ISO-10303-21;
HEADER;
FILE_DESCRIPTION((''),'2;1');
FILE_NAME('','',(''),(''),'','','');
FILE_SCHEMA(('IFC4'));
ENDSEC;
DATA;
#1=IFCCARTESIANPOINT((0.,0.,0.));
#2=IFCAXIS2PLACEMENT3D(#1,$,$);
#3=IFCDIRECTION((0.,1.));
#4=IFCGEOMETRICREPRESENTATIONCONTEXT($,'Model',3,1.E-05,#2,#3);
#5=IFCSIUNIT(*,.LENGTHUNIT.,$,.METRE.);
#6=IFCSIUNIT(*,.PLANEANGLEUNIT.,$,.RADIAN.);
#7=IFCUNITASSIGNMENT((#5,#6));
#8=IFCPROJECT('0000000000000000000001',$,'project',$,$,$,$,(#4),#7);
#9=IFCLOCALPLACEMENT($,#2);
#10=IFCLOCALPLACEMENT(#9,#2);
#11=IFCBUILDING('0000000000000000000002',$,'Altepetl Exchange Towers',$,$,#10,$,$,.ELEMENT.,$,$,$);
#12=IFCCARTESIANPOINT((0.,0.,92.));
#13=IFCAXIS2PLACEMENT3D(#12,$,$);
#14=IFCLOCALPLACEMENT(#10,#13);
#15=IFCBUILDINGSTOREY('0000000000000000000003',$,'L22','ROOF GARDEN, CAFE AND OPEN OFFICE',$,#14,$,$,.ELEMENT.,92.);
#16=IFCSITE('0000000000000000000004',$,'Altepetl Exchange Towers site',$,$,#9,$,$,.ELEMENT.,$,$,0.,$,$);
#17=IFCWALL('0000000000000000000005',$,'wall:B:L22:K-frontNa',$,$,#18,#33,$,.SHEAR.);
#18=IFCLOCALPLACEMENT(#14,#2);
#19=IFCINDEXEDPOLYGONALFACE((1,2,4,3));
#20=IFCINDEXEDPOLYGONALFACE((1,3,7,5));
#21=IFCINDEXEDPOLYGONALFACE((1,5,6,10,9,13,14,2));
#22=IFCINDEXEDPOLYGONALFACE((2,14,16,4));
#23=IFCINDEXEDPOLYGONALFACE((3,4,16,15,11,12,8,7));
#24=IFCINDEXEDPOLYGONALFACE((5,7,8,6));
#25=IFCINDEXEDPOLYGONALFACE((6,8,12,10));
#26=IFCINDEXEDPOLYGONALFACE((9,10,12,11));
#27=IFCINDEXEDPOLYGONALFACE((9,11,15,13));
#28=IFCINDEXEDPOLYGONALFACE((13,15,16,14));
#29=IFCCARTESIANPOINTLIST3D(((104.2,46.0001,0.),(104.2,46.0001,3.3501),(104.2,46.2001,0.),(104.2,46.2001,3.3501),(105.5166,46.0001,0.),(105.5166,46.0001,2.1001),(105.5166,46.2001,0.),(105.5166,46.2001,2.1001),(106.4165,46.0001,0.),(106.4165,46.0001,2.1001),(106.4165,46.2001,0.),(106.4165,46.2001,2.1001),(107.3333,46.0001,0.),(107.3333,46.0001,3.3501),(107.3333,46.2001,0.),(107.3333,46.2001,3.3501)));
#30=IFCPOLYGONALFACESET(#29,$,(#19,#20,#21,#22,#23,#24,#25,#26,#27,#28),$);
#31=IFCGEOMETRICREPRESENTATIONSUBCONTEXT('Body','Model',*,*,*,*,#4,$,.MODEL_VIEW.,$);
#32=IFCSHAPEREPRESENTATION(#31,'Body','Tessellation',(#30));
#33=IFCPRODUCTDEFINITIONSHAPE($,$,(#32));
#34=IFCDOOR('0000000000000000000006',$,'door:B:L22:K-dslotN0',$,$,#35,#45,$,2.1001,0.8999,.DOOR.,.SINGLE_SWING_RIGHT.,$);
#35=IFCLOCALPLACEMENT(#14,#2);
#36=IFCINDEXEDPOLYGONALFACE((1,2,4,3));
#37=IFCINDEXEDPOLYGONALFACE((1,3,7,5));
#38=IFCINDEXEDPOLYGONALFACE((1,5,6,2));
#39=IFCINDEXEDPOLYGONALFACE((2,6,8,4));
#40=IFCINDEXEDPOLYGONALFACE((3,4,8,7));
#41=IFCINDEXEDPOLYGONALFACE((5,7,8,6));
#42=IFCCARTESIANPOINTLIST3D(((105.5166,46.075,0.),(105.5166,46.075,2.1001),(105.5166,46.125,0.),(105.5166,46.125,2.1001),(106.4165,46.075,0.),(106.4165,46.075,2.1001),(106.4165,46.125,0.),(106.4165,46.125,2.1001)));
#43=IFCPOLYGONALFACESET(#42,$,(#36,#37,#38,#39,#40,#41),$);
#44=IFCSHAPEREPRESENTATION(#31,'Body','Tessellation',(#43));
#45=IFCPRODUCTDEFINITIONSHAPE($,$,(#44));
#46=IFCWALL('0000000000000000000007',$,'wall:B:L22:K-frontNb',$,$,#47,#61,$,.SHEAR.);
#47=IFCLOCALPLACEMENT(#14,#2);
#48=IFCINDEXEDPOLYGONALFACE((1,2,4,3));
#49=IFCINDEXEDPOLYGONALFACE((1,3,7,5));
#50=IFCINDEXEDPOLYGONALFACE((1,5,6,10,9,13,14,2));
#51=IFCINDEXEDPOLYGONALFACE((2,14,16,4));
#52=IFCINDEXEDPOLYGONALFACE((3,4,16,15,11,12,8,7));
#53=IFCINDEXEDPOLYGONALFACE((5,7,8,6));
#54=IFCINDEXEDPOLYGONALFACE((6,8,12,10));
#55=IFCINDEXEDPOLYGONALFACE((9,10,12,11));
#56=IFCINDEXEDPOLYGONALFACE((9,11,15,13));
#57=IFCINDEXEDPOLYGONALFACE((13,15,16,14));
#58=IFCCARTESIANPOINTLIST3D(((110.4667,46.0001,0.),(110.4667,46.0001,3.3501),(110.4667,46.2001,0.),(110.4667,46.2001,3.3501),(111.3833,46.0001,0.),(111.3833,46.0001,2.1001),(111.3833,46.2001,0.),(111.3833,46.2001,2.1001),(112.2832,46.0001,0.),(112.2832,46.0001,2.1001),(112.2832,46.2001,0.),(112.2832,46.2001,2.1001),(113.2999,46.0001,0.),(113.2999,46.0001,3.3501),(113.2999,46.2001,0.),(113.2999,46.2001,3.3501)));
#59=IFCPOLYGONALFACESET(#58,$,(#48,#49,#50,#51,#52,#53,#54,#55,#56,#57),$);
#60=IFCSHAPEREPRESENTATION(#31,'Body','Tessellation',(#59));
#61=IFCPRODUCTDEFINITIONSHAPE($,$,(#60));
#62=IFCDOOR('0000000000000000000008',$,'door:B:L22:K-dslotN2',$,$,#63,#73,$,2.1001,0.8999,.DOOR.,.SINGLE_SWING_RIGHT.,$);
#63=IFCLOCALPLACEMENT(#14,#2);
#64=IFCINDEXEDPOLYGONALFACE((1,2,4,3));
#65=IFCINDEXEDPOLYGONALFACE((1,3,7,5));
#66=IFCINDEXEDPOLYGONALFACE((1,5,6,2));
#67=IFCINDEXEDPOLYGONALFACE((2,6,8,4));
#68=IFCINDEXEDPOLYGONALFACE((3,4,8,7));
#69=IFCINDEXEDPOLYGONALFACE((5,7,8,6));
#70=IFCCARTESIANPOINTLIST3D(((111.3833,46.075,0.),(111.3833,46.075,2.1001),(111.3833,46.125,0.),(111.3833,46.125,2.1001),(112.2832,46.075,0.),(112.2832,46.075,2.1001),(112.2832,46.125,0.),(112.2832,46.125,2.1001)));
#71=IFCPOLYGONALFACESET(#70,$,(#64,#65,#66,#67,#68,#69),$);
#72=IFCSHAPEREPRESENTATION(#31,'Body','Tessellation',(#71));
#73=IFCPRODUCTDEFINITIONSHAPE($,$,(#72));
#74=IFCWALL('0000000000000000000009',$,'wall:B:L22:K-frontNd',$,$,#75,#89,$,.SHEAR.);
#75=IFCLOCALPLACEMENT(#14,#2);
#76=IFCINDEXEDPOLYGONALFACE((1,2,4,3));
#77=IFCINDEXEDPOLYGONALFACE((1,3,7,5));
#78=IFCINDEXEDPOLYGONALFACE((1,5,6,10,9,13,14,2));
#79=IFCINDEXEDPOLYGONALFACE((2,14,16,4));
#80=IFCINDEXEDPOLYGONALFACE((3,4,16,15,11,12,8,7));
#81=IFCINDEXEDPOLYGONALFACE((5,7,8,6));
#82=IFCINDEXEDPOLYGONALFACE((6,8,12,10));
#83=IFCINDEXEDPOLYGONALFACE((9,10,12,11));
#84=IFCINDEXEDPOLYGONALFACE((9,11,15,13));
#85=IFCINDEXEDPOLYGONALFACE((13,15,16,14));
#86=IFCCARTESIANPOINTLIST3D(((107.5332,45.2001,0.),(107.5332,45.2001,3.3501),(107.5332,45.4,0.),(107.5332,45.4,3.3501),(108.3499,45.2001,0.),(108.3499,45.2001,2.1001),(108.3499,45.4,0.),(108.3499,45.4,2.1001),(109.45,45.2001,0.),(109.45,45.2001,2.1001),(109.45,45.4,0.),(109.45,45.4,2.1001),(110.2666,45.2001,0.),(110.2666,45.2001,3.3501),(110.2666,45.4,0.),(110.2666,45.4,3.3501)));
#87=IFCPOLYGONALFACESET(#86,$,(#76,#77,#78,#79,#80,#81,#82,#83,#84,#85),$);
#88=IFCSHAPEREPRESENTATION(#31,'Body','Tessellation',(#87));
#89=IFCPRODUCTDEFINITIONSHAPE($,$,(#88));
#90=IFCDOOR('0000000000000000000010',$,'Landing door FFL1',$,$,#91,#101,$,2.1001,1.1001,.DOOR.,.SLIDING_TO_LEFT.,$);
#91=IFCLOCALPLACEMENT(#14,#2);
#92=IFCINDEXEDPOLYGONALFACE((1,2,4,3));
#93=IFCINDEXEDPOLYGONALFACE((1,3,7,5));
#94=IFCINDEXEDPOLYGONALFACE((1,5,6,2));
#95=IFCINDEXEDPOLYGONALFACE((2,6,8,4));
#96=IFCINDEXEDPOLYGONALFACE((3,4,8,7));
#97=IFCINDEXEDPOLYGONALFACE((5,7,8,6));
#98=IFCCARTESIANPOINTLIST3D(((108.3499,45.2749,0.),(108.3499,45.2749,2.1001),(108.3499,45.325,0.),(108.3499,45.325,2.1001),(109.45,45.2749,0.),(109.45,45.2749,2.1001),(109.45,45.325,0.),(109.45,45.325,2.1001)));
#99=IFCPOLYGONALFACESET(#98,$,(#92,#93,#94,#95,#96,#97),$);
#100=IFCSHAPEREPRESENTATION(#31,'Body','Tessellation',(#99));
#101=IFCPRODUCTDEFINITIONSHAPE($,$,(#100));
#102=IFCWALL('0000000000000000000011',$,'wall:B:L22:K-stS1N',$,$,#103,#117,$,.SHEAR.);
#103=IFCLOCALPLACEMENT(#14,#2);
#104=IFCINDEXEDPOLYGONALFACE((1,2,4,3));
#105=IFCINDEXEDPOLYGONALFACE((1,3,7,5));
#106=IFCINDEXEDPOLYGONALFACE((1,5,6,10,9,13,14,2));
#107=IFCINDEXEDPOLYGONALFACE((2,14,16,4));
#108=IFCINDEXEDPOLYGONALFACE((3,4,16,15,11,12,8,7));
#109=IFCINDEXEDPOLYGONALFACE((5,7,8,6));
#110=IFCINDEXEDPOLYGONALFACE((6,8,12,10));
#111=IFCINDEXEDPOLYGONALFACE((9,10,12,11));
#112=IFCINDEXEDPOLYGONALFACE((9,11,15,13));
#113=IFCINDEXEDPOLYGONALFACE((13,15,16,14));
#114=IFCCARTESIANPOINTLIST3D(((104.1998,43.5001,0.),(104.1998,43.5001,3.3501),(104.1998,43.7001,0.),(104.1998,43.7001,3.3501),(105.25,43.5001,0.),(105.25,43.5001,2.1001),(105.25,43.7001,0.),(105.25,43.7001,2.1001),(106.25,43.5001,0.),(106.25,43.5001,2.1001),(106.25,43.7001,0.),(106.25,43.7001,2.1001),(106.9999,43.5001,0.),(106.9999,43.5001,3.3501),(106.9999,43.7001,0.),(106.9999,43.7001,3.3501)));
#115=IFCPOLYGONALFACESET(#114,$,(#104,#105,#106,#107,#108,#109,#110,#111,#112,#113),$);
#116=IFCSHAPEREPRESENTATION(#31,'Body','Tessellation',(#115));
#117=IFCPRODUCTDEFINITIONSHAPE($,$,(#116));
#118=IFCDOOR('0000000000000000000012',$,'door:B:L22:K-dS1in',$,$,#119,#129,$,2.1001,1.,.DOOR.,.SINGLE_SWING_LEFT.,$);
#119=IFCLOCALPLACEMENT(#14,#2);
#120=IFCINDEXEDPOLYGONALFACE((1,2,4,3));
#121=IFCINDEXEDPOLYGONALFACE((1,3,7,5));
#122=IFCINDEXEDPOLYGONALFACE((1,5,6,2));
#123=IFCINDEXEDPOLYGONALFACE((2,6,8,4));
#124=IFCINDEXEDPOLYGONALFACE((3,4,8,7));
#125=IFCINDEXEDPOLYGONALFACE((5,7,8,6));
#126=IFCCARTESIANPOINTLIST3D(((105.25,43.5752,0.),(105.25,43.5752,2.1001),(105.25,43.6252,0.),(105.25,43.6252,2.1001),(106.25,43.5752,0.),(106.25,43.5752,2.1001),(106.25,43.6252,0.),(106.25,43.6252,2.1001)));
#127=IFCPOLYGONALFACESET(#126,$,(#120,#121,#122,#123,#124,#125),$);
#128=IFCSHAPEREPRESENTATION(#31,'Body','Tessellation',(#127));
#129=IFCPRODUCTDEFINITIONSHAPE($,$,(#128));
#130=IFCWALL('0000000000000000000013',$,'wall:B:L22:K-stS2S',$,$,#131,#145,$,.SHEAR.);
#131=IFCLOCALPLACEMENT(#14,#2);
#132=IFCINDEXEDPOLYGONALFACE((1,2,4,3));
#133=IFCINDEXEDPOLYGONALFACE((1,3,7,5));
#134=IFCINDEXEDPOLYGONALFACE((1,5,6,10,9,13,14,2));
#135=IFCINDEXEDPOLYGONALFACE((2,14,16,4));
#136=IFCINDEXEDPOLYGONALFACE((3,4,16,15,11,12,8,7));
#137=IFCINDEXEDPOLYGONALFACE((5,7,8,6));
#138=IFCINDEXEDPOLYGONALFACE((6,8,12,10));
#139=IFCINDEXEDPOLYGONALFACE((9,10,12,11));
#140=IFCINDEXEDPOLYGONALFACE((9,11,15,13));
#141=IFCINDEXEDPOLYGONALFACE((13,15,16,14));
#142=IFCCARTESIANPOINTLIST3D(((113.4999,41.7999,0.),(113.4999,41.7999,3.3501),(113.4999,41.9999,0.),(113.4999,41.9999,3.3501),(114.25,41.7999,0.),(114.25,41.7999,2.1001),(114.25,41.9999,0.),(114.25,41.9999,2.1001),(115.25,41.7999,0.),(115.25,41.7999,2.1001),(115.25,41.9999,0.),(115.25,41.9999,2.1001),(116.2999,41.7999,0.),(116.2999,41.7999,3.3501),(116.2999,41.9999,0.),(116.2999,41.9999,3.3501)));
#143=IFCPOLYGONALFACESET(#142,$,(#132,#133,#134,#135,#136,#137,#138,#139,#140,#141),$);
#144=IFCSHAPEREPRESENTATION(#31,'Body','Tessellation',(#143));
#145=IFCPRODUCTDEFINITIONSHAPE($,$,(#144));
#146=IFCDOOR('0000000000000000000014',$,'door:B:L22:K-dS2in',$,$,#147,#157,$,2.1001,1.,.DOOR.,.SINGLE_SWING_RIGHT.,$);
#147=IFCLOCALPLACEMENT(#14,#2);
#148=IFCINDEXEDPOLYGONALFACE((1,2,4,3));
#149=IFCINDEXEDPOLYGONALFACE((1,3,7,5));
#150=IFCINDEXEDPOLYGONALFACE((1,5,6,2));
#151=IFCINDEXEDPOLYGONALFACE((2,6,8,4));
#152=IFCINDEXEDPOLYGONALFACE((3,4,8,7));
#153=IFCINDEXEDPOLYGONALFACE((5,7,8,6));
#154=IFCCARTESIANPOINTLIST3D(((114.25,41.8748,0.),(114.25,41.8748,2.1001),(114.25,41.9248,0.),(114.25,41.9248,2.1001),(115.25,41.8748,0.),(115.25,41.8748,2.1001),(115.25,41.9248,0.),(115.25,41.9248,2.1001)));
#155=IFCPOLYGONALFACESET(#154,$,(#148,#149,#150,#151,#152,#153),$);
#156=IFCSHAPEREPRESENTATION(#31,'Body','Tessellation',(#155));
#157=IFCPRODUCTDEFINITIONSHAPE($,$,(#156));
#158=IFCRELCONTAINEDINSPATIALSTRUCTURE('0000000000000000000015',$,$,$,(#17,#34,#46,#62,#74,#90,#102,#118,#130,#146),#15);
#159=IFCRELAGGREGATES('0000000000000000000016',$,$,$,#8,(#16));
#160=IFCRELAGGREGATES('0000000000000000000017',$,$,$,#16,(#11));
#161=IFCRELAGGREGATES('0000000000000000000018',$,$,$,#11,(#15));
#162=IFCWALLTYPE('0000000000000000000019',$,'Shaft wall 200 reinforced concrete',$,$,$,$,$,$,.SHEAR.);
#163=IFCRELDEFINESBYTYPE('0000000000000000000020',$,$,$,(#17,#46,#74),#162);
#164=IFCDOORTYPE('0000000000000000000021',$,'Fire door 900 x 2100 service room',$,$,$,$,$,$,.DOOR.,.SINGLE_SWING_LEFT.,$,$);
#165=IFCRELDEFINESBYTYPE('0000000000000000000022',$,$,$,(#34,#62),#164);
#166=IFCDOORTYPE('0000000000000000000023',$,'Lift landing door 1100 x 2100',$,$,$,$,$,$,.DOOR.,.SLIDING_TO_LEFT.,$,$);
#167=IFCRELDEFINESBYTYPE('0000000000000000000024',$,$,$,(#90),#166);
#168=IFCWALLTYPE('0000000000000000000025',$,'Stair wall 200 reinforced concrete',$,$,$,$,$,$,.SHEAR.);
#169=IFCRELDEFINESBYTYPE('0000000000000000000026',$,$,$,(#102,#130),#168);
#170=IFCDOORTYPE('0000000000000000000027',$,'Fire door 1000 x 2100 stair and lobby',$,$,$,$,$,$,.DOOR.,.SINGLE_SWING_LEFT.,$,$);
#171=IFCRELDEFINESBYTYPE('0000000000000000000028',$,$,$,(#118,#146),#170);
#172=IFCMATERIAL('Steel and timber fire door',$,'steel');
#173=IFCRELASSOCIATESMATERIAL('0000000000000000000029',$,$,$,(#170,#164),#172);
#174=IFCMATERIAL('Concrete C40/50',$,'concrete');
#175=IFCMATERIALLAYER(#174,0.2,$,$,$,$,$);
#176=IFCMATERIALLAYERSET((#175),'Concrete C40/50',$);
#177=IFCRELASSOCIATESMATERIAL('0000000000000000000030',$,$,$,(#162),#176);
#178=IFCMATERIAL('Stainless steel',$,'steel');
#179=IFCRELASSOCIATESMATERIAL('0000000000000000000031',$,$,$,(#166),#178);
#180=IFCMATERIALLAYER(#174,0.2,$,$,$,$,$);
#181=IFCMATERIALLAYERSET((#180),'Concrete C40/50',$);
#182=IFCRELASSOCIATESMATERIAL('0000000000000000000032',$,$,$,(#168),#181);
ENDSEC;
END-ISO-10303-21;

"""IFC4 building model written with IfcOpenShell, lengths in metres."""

from ifc_helpers import new_model, si_unit, direction, frame, frame_2d, origin, place, context, subcontext, project, spatial, rectangle, extrude, material, layer, layer_set, type_object, element, fill, save


model = new_model("IFC4")

# Units and contexts
model_context = context("Model", 3, precision=1e-05, world=origin(), true_north=direction((0.0, 1.0)))
body_context = subcontext(model_context, "Body", "Model", "MODEL_VIEW")
ifc_project = project(units=[si_unit("LENGTHUNIT", "METRE"), si_unit("PLANEANGLEUNIT", "RADIAN")], contexts=[model_context])

# Site, building, storey
site_placement = place(None, origin())
site = spatial("IfcSite", under=ifc_project, at=site_placement, Name="Altepetl Exchange Towers site", CompositionType="ELEMENT", RefElevation=0.0)
building_placement = place(site_placement, origin())
building = spatial("IfcBuilding", under=site, at=building_placement, Name="Altepetl Exchange Towers", CompositionType="ELEMENT")
storey_placement = place(building_placement, frame((0.0, 0.0, 92.0)))
storey = spatial("IfcBuildingStorey", under=building, at=storey_placement, Name="L22", Description="ROOF GARDEN, CAFE AND OPEN OFFICE", CompositionType="ELEMENT", Elevation=92.0)

# Shared definitions
ifc_material_1 = material(Name="Steel and timber fire door", Category="steel")
door_type_1 = type_object("IfcDoorType", Name="Fire door 1000 x 2100 stair and lobby", OperationType="SINGLE_SWING_LEFT", PredefinedType="DOOR", material=ifc_material_1)
door_type_2 = type_object("IfcDoorType", Name="Fire door 900 x 2100 service room", OperationType="SINGLE_SWING_LEFT", PredefinedType="DOOR", material=ifc_material_1)

# Shared definitions
ifc_material_2 = material(Name="Concrete C40/50", Category="concrete")
ifc_layer_1 = layer(ifc_material_2, 0.2)
ifc_layer_set_1 = layer_set([ifc_layer_1], Name="Concrete C40/50")
wall_type_1 = type_object("IfcWallType", Name="Shaft wall 200 reinforced concrete", PredefinedType="SHEAR", material=ifc_layer_set_1)

# Walls, openings, doors
wall_1_placement = place(storey_placement, frame((104.2, 46.1001, 0.0)))
wall_1 = element("IfcWall", 1, at=wall_1_placement, inside=storey, type_object=wall_type_1, Name="wall:B:L22:K-frontNa", PredefinedType="SHEAR", context=body_context, shape_type="SweptSolid", body=[
    extrude(rectangle(XDim=3.1333, YDim=0.2, at=frame_2d((1.5667, 0.0))), origin(), (0.0, 0.0, 1.0), 3.3501),
])
opening_1_placement = place(wall_1_placement, frame((1.3167, 0.0, 0.0)))
opening_1 = element("IfcOpeningElement", 2, at=opening_1_placement, cuts=wall_1, PredefinedType="OPENING", context=body_context, shape_type="SweptSolid", body=[
    extrude(rectangle(XDim=0.8999, YDim=2.1001, at=frame_2d((0.45, 1.05))), frame((0.0, 0.1099, 0.0), z_axis=(0.0, -1.0, 0.0), x_axis=(1.0, 0.0, 0.0)), (0.0, 0.0, 1.0), 0.22),
])
door_1_placement = place(opening_1_placement, origin())
door_1 = element("IfcDoor", 3, at=door_1_placement, inside=storey, type_object=door_type_2, Name="door:B:L22:K-dslotN0", OperationType="SINGLE_SWING_RIGHT", OverallHeight=2.1001, OverallWidth=0.8999, PredefinedType="DOOR", context=body_context, shape_type="SweptSolid", body=[
    extrude(rectangle(XDim=0.8999, YDim=2.1001, at=frame_2d((0.45, 1.05))), frame((0.0, 0.0249, 0.0), z_axis=(0.0, -1.0, 0.0), x_axis=(1.0, 0.0, 0.0)), (0.0, 0.0, 1.0), 0.05),
])
fill(opening_1, door_1)
wall_2_placement = place(storey_placement, frame((110.4668, 46.1001, 0.0)))
wall_2 = element("IfcWall", 4, at=wall_2_placement, inside=storey, type_object=wall_type_1, Name="wall:B:L22:K-frontNb", PredefinedType="SHEAR", context=body_context, shape_type="SweptSolid", body=[
    extrude(rectangle(XDim=2.8333, YDim=0.2, at=frame_2d((1.4165, 0.0))), origin(), (0.0, 0.0, 1.0), 3.3501),
])
opening_2_placement = place(wall_2_placement, frame((0.9165, 0.0, 0.0)))
opening_2 = element("IfcOpeningElement", 5, at=opening_2_placement, cuts=wall_2, PredefinedType="OPENING", context=body_context, shape_type="SweptSolid", body=[
    extrude(rectangle(XDim=0.8999, YDim=2.1001, at=frame_2d((0.45, 1.05))), frame((0.0, 0.1099, 0.0), z_axis=(0.0, -1.0, 0.0), x_axis=(1.0, 0.0, 0.0)), (0.0, 0.0, 1.0), 0.22),
])
door_2_placement = place(opening_2_placement, origin())
door_2 = element("IfcDoor", 6, at=door_2_placement, inside=storey, type_object=door_type_2, Name="door:B:L22:K-dslotN2", OperationType="SINGLE_SWING_RIGHT", OverallHeight=2.1001, OverallWidth=0.8999, PredefinedType="DOOR", context=body_context, shape_type="SweptSolid", body=[
    extrude(rectangle(XDim=0.8999, YDim=2.1001, at=frame_2d((0.45, 1.05))), frame((0.0, 0.0249, 0.0), z_axis=(0.0, -1.0, 0.0), x_axis=(1.0, 0.0, 0.0)), (0.0, 0.0, 1.0), 0.05),
])
fill(opening_2, door_2)
wall_3_placement = place(storey_placement, frame((107.5332, 45.3, 0.0)))
wall_3 = element("IfcWall", 7, at=wall_3_placement, inside=storey, type_object=wall_type_1, Name="wall:B:L22:K-frontNd", PredefinedType="SHEAR", context=body_context, shape_type="SweptSolid", body=[
    extrude(rectangle(XDim=2.7334, YDim=0.2, at=frame_2d((1.3667, 0.0))), origin(), (0.0, 0.0, 1.0), 3.3501),
])
opening_3_placement = place(wall_3_placement, frame((0.8167, 0.0, 0.0)))
opening_3 = element("IfcOpeningElement", 8, at=opening_3_placement, cuts=wall_3, PredefinedType="OPENING", context=body_context, shape_type="SweptSolid", body=[
    extrude(rectangle(XDim=1.1001, YDim=2.1001, at=frame_2d((0.55, 1.05))), frame((0.0, 0.1099, 0.0), z_axis=(0.0, -1.0, 0.0), x_axis=(1.0, 0.0, 0.0)), (0.0, 0.0, 1.0), 0.22),
])
ifc_material_3 = material(Name="Stainless steel", Category="steel")
door_type_3 = type_object("IfcDoorType", Name="Lift landing door 1100 x 2100", OperationType="SLIDING_TO_LEFT", PredefinedType="DOOR", material=ifc_material_3)
door_3_placement = place(opening_3_placement, origin())
door_3 = element("IfcDoor", 9, at=door_3_placement, inside=storey, type_object=door_type_3, Name="Landing door FFL1", OperationType="SLIDING_TO_LEFT", OverallHeight=2.1001, OverallWidth=1.1001, PredefinedType="DOOR", context=body_context, shape_type="SweptSolid", body=[
    extrude(rectangle(XDim=1.1001, YDim=2.1001, at=frame_2d((0.55, 1.05))), frame((0.0, 0.0249, 0.0), z_axis=(0.0, -1.0, 0.0), x_axis=(1.0, 0.0, 0.0)), (0.0, 0.0, 1.0), 0.05),
])
fill(opening_3, door_3)
ifc_layer_2 = layer(ifc_material_2, 0.2)
ifc_layer_set_2 = layer_set([ifc_layer_2], Name="Concrete C40/50")
wall_type_2 = type_object("IfcWallType", Name="Stair wall 200 reinforced concrete", PredefinedType="SHEAR", material=ifc_layer_set_2)
wall_4_placement = place(storey_placement, frame((104.2, 43.6001, 0.0)))
wall_4 = element("IfcWall", 10, at=wall_4_placement, inside=storey, type_object=wall_type_2, Name="wall:B:L22:K-stS1N", PredefinedType="SHEAR", context=body_context, shape_type="SweptSolid", body=[
    extrude(rectangle(XDim=2.8, YDim=0.2, at=frame_2d((1.3999, 0.0))), origin(), (0.0, 0.0, 1.0), 3.3501),
])
opening_4_placement = place(wall_4_placement, frame((1.05, 0.0, 0.0)))
opening_4 = element("IfcOpeningElement", 11, at=opening_4_placement, cuts=wall_4, PredefinedType="OPENING", context=body_context, shape_type="SweptSolid", body=[
    extrude(rectangle(XDim=1.0, YDim=2.1001, at=frame_2d((0.5, 1.05))), frame((0.0, 0.1099, 0.0), z_axis=(0.0, -1.0, 0.0), x_axis=(1.0, 0.0, 0.0)), (0.0, 0.0, 1.0), 0.22),
])
door_4_placement = place(opening_4_placement, frame((1.0, 0.0, 0.0), x_axis=(-1.0, 0.0, 0.0)))
door_4 = element("IfcDoor", 12, at=door_4_placement, inside=storey, type_object=door_type_1, Name="door:B:L22:K-dS1in", OperationType="SINGLE_SWING_LEFT", OverallHeight=2.1001, OverallWidth=1.0, PredefinedType="DOOR", context=body_context, shape_type="SweptSolid", body=[
    extrude(rectangle(XDim=1.0, YDim=2.1001, at=frame_2d((0.5, 1.05))), frame((0.0, 0.0249, 0.0), z_axis=(0.0, -1.0, 0.0), x_axis=(1.0, 0.0, 0.0)), (0.0, 0.0, 1.0), 0.05),
])
fill(opening_4, door_4)
wall_5_placement = place(storey_placement, frame((113.5, 41.8999, 0.0)))
wall_5 = element("IfcWall", 13, at=wall_5_placement, inside=storey, type_object=wall_type_2, Name="wall:B:L22:K-stS2S", PredefinedType="SHEAR", context=body_context, shape_type="SweptSolid", body=[
    extrude(rectangle(XDim=2.8, YDim=0.2, at=frame_2d((1.3999, 0.0))), origin(), (0.0, 0.0, 1.0), 3.3501),
])
opening_5_placement = place(wall_5_placement, frame((0.75, 0.0, 0.0)))
opening_5 = element("IfcOpeningElement", 14, at=opening_5_placement, cuts=wall_5, PredefinedType="OPENING", context=body_context, shape_type="SweptSolid", body=[
    extrude(rectangle(XDim=1.0, YDim=2.1001, at=frame_2d((0.5, 1.05))), frame((0.0, 0.1099, 0.0), z_axis=(0.0, -1.0, 0.0), x_axis=(1.0, 0.0, 0.0)), (0.0, 0.0, 1.0), 0.22),
])
door_5_placement = place(opening_5_placement, origin())
door_5 = element("IfcDoor", 15, at=door_5_placement, inside=storey, type_object=door_type_1, Name="door:B:L22:K-dS2in", OperationType="SINGLE_SWING_RIGHT", OverallHeight=2.1001, OverallWidth=1.0, PredefinedType="DOOR", context=body_context, shape_type="SweptSolid", body=[
    extrude(rectangle(XDim=1.0, YDim=2.1001, at=frame_2d((0.5, 1.05))), frame((0.0, 0.0249, 0.0), z_axis=(0.0, -1.0, 0.0), x_axis=(1.0, 0.0, 0.0)), (0.0, 0.0, 1.0), 0.05),
])
fill(opening_5, door_5)

save(model, "model.ifc")
